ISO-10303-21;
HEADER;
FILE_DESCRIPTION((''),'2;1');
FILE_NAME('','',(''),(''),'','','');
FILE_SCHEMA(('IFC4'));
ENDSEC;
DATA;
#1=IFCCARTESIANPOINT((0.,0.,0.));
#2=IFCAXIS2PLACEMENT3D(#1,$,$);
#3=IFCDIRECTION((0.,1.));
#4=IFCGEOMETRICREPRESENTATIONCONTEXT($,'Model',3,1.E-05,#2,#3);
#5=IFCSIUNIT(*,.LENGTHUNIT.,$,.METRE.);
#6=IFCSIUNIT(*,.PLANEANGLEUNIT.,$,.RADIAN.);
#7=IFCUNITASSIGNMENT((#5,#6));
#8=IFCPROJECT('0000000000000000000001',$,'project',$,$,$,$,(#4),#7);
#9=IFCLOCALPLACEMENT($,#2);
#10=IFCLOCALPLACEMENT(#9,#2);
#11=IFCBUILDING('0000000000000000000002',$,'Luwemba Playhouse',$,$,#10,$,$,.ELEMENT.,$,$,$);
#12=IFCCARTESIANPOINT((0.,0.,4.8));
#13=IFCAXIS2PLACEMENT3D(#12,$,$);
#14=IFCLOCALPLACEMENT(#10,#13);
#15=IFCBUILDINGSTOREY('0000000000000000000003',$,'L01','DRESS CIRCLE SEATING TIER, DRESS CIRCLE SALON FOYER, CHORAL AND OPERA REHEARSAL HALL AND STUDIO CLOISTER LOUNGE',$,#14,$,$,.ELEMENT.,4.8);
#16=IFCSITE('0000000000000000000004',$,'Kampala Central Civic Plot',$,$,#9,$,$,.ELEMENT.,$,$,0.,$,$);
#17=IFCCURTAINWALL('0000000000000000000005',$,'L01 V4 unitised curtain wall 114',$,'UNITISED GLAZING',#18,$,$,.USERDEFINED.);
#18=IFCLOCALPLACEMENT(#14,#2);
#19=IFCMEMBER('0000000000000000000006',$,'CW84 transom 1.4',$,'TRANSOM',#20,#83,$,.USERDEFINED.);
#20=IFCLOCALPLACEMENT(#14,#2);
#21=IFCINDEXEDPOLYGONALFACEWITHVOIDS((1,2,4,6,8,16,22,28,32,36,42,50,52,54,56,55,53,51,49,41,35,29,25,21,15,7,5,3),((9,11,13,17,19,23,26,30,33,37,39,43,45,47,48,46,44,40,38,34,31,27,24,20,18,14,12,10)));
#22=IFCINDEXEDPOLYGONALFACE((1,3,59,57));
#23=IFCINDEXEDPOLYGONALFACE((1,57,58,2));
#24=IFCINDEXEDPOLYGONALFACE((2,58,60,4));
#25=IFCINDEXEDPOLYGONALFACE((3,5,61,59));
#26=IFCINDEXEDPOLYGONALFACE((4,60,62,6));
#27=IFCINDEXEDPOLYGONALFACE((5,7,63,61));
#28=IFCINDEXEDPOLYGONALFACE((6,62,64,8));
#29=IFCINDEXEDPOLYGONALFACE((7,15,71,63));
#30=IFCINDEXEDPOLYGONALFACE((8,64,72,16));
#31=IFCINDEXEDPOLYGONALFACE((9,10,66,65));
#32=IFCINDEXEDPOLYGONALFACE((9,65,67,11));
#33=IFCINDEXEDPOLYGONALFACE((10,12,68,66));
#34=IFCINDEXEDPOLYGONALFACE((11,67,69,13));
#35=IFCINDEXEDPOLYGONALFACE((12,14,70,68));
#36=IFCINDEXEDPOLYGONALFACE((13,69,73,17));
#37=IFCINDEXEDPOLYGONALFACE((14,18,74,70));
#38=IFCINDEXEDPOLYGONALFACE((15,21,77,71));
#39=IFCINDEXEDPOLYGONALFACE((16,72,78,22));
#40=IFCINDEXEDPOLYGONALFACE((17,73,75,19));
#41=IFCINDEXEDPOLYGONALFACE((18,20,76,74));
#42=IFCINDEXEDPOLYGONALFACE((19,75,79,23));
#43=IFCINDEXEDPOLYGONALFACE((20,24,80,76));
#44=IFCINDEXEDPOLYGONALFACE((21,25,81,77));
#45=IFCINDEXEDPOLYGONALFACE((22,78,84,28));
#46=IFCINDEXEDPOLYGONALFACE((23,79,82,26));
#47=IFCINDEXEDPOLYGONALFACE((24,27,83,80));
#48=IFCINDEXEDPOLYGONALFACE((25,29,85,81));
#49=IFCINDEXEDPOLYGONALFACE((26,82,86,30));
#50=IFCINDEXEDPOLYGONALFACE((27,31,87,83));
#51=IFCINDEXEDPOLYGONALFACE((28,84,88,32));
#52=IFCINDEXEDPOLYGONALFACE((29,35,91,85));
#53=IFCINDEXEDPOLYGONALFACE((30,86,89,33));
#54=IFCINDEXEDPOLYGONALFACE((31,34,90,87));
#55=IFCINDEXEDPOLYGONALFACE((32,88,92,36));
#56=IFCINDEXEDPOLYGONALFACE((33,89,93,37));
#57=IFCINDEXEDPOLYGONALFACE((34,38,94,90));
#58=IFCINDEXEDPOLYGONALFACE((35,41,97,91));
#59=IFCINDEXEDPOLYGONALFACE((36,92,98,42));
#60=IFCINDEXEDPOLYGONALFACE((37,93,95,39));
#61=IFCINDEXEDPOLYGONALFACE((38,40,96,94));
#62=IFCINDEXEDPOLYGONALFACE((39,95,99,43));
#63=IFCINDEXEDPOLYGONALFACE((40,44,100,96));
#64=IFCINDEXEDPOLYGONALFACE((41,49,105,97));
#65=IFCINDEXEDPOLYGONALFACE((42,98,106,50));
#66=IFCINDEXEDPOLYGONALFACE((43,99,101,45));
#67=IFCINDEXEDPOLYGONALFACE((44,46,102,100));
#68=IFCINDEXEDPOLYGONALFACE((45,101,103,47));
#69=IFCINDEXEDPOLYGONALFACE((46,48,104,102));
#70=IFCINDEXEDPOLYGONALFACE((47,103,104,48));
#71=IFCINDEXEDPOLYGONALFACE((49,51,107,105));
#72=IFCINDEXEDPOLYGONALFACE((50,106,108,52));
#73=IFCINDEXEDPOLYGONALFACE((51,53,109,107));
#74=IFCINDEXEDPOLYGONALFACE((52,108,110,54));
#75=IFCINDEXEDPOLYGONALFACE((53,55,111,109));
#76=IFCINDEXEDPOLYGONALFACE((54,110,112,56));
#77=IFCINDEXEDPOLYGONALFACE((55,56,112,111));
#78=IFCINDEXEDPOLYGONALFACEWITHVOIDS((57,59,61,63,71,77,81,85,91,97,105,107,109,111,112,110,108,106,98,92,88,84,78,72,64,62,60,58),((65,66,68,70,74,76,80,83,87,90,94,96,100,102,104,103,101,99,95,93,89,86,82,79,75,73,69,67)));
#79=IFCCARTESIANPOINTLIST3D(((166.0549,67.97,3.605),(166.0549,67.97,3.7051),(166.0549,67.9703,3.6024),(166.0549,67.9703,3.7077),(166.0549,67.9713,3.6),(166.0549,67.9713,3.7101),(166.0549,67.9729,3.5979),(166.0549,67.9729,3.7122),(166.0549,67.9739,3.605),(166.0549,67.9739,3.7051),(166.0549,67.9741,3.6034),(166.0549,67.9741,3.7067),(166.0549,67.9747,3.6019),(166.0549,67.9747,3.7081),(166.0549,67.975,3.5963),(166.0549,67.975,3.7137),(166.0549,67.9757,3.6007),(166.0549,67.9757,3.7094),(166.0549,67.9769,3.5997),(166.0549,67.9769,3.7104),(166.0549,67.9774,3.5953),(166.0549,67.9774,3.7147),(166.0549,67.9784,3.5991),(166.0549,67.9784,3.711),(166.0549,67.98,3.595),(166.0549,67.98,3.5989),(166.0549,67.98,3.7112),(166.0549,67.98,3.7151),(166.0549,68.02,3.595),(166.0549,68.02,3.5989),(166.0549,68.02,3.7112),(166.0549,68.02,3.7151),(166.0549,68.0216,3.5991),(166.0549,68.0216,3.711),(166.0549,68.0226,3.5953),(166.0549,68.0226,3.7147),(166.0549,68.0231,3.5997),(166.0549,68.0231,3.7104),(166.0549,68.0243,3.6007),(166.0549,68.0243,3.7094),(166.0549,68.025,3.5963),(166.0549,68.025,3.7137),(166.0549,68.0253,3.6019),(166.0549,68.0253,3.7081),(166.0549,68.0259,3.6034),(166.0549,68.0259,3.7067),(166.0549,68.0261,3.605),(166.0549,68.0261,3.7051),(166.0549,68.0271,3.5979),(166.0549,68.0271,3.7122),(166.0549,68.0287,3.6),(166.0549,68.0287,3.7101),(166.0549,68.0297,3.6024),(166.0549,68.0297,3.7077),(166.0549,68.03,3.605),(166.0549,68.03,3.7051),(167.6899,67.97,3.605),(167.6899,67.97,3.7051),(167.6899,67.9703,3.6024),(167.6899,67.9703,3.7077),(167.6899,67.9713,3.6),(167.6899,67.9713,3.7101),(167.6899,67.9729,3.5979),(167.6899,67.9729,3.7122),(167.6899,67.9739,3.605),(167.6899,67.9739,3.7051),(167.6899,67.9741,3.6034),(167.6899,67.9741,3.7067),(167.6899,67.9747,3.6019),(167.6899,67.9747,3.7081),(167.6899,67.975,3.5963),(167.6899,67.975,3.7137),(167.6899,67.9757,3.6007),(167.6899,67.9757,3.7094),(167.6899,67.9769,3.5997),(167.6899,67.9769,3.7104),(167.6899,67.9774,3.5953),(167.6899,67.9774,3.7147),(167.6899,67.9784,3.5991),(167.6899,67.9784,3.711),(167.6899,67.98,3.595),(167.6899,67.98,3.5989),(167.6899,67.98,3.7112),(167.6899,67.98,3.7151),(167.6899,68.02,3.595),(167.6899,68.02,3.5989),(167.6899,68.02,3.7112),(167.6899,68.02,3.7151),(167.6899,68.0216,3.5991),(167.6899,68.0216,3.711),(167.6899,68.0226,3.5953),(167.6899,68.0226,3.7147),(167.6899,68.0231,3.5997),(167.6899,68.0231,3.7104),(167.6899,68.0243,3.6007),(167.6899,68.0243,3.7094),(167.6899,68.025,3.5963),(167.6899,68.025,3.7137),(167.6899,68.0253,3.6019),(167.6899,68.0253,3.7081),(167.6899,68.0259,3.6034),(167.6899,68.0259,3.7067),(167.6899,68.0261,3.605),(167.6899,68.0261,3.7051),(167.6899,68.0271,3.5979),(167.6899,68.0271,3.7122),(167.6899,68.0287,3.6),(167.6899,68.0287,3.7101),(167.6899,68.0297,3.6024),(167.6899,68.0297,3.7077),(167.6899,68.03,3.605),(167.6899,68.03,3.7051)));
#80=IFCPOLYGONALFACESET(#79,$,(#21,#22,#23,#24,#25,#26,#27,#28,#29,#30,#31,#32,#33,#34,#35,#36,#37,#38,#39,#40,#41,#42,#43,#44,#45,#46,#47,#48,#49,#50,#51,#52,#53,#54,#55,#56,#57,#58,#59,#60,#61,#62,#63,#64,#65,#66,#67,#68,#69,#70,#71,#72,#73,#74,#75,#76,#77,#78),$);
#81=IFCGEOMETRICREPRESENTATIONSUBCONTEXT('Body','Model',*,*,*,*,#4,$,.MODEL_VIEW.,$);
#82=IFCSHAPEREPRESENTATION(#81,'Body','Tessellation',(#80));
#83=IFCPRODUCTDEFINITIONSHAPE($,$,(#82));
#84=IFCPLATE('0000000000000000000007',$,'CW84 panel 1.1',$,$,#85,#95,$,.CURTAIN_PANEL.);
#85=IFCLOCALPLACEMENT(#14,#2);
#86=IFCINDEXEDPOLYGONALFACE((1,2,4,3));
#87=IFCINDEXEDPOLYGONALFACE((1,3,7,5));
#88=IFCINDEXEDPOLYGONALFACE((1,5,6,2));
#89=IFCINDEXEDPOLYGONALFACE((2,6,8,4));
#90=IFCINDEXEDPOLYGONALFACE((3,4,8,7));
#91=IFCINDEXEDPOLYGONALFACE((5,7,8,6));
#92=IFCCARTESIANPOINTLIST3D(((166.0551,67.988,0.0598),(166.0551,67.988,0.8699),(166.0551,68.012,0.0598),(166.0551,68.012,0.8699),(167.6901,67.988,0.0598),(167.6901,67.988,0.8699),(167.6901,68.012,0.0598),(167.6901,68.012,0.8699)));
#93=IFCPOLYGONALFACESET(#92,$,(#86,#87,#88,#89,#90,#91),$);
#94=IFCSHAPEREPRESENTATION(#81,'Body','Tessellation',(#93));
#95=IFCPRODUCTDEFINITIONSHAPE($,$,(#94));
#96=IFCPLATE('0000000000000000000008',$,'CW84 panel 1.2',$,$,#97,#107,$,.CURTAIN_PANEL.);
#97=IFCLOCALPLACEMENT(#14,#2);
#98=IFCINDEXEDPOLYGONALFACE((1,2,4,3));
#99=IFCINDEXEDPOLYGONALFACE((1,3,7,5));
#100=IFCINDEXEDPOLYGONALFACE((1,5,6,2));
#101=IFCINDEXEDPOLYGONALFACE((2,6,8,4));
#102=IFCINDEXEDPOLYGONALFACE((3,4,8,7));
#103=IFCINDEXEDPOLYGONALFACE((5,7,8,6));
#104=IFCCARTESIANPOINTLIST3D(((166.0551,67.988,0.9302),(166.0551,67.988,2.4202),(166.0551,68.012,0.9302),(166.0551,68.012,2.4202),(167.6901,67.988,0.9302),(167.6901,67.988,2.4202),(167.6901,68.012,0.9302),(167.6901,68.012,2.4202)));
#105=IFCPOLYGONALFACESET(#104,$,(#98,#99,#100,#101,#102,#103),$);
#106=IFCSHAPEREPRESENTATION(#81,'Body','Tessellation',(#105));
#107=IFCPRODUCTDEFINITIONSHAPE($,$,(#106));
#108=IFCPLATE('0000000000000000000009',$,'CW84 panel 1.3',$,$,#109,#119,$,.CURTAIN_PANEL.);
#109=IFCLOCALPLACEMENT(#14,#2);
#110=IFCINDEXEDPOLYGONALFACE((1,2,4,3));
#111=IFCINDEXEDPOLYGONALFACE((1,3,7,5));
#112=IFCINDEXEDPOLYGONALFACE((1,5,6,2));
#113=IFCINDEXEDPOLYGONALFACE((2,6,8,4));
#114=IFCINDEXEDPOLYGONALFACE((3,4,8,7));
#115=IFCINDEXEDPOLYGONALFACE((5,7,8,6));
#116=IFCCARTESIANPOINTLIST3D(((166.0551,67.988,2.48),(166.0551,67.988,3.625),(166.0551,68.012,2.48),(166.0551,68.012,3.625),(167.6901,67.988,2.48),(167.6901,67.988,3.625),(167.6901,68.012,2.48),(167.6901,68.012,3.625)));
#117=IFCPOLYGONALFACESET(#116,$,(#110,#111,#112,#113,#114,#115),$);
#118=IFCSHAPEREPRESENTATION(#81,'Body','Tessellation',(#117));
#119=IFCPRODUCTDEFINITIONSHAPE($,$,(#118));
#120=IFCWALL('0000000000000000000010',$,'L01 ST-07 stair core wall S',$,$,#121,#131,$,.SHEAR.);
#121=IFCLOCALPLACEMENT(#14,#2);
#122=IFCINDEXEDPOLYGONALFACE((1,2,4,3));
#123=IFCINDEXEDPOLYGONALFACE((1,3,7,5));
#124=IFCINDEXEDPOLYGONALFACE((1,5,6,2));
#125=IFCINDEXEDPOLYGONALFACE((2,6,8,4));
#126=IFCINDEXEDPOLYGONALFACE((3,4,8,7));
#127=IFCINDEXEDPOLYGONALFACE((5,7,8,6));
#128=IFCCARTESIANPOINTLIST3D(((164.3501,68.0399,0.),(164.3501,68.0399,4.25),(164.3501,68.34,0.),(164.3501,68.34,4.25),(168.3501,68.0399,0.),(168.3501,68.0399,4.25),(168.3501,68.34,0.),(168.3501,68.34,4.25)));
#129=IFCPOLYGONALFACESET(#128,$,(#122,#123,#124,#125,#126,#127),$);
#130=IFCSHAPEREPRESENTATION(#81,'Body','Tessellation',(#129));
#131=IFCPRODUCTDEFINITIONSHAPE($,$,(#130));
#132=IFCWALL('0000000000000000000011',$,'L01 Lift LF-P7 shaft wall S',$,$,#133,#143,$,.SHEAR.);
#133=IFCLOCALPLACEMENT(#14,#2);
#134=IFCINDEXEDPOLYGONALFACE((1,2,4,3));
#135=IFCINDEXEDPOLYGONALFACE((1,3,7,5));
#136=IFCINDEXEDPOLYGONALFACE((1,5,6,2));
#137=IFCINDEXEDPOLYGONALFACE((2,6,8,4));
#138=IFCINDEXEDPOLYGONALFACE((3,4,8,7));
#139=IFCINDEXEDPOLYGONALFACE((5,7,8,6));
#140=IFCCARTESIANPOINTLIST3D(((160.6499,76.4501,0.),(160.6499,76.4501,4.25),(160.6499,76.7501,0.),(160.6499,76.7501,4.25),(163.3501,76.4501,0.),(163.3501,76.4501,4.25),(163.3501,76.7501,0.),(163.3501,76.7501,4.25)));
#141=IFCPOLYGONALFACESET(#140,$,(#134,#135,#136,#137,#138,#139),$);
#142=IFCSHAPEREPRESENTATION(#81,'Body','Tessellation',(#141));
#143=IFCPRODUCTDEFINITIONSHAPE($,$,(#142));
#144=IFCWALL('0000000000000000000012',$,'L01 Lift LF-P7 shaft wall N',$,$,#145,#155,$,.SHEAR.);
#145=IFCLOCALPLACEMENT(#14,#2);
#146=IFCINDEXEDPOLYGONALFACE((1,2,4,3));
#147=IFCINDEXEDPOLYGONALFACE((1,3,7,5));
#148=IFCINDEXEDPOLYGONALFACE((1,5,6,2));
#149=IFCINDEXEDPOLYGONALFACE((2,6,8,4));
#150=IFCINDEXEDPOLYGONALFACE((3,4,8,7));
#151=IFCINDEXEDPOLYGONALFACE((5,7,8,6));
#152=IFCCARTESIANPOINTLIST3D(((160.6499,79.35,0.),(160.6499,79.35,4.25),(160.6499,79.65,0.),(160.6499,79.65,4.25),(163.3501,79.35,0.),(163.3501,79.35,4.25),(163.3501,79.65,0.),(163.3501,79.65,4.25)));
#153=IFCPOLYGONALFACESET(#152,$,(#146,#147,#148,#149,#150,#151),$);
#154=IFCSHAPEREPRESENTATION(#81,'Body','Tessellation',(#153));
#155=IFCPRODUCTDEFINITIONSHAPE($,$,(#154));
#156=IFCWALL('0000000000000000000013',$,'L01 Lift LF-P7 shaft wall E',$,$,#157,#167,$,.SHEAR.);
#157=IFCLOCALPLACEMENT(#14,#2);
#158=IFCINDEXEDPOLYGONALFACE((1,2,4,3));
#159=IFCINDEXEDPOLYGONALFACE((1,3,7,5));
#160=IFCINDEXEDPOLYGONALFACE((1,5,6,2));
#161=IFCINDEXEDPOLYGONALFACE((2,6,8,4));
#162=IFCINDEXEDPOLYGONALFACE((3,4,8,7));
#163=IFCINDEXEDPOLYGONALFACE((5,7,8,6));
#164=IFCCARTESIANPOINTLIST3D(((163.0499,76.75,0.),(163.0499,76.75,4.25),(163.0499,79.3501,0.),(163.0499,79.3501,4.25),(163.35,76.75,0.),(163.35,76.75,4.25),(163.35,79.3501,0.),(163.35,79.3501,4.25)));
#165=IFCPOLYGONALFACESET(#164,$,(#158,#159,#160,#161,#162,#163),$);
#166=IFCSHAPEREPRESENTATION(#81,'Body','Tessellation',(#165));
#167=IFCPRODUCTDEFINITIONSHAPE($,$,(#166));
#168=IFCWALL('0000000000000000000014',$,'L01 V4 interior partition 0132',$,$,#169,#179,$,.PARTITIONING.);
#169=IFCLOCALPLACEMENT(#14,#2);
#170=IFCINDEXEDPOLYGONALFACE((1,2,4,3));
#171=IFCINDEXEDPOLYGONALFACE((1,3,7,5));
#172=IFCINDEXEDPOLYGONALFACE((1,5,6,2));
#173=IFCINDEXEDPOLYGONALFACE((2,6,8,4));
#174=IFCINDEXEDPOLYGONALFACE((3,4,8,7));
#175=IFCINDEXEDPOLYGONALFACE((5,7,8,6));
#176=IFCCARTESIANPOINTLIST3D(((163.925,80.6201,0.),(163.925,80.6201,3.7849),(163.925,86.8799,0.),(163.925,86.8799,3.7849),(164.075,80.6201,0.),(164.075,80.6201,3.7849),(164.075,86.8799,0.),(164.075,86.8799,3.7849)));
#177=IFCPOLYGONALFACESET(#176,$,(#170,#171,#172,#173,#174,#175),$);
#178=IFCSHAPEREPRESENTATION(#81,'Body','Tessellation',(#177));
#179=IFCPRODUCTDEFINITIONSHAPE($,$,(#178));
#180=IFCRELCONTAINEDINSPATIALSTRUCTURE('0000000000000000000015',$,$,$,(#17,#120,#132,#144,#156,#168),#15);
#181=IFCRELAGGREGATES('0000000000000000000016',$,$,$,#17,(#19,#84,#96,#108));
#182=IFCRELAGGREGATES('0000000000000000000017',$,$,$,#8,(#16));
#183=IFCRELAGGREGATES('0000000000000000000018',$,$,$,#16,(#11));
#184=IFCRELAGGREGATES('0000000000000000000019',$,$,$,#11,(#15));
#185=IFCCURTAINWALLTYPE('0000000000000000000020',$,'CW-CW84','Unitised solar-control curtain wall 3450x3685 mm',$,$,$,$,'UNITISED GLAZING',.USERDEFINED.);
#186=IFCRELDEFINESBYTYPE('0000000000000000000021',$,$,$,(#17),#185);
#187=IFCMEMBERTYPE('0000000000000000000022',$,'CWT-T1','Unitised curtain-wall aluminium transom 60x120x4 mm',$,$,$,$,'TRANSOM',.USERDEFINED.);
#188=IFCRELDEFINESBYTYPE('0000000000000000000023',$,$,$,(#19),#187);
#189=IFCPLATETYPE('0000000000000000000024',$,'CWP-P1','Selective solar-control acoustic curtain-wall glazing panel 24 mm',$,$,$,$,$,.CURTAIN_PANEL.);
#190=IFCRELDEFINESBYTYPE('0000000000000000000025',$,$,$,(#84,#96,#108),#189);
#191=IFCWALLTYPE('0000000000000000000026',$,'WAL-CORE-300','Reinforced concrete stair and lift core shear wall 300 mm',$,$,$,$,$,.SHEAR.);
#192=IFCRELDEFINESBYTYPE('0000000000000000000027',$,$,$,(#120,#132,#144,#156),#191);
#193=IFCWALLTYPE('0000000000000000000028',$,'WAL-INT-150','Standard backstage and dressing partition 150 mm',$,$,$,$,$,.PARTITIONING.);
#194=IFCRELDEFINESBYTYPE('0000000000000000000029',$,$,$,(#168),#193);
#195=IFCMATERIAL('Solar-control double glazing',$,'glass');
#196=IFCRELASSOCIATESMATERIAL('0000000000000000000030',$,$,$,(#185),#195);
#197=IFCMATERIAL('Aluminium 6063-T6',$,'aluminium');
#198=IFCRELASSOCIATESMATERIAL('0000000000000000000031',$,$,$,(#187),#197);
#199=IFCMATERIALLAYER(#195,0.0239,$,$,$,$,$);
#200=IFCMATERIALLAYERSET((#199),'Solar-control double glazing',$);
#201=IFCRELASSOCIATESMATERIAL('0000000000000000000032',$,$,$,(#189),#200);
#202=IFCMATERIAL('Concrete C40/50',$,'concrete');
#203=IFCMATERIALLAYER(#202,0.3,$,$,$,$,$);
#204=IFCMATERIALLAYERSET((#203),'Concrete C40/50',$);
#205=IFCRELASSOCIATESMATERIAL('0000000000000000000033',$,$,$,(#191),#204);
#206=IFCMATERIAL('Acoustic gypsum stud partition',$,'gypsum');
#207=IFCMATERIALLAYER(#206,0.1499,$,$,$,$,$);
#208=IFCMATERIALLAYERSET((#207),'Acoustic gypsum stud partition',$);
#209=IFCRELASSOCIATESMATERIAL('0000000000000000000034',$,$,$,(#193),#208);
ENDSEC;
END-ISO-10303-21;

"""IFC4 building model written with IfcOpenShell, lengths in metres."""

from ifc_helpers import new_model, si_unit, direction, frame, frame_2d, origin, origin_2d, place, context, subcontext, project, spatial, rectangle, hollow_rectangle, extrude, material, layer, layer_set, material_profile, profile_set, type_object, element, aggregate, save


model = new_model("IFC4")

# Units and contexts
model_context = context("Model", 3, precision=1e-05, world=origin(), true_north=direction((0.0, 1.0)))
body_context = subcontext(model_context, "Body", "Model", "MODEL_VIEW")
ifc_project = project(units=[si_unit("LENGTHUNIT", "METRE"), si_unit("PLANEANGLEUNIT", "RADIAN")], contexts=[model_context])

# Site, building, storey
site_placement = place(None, origin())
site = spatial("IfcSite", under=ifc_project, at=site_placement, Name="Kampala Central Civic Plot", CompositionType="ELEMENT", RefElevation=0.0)
building_placement = place(site_placement, origin())
building = spatial("IfcBuilding", under=site, at=building_placement, Name="Luwemba Playhouse", CompositionType="ELEMENT")
storey_placement = place(building_placement, frame((0.0, 0.0, 4.8)))
storey = spatial("IfcBuildingStorey", under=building, at=storey_placement, Name="L01", Description="DRESS CIRCLE SEATING TIER, DRESS CIRCLE SALON FOYER, CHORAL AND OPERA REHEARSAL HALL AND STUDIO CLOISTER LOUNGE", CompositionType="ELEMENT", Elevation=4.8)

# Shared definitions
ifc_material_1 = material(Name="Concrete C40/50", Category="concrete")

# Curtain wall, member, plates
ifc_material_2 = material(Name="Solar-control double glazing", Category="glass")
curtain_wall_type = type_object("IfcCurtainWallType", Name="CW-CW84", Description="Unitised solar-control curtain wall 3450x3685 mm", ElementType="UNITISED GLAZING", PredefinedType="USERDEFINED", material=ifc_material_2)
curtain_wall_placement = place(storey_placement, origin())
curtain_wall = element("IfcCurtainWall", 1, at=curtain_wall_placement, inside=storey, type_object=curtain_wall_type, Name="L01 V4 unitised curtain wall 114", ObjectType="UNITISED GLAZING", PredefinedType="USERDEFINED")
ifc_material_3 = material(Name="Aluminium 6063-T6", Category="aluminium")
ifc_material_profile_1 = material_profile(ifc_material_3, hollow_rectangle(XDim=0.0601, YDim=0.1201, WallThickness=0.0039, InnerFilletRadius=0.0061, OuterFilletRadius=0.01, at=origin_2d()))
ifc_profile_set_1 = profile_set([ifc_material_profile_1], Name="Aluminium 6063-T6")
member_type_1 = type_object("IfcMemberType", Name="CWT-T1", Description="Unitised curtain-wall aluminium transom 60x120x4 mm", ElementType="TRANSOM", PredefinedType="USERDEFINED", material=ifc_profile_set_1)
member_1_placement = place(storey_placement, frame((167.6899, 68.0, 3.655), z_axis=(-1.0, 0.0, 0.0), x_axis=(0.0, -1.0, 0.0)))
member_1 = element("IfcMember", 2, at=member_1_placement, type_object=member_type_1, Name="CW84 transom 1.4", ObjectType="TRANSOM", PredefinedType="USERDEFINED", context=body_context, shape_type="SweptSolid", body=[
    extrude(hollow_rectangle(XDim=0.0601, YDim=0.1201, WallThickness=0.0039, InnerFilletRadius=0.0061, OuterFilletRadius=0.01, at=origin_2d()), origin(), (0.0, 0.0, 1.0), 1.635),
])
ifc_layer_1 = layer(ifc_material_2, 0.0239)
ifc_layer_set_1 = layer_set([ifc_layer_1], Name="Solar-control double glazing")
plate_type = type_object("IfcPlateType", Name="CWP-P1", Description="Selective solar-control acoustic curtain-wall glazing panel 24 mm", PredefinedType="CURTAIN_PANEL", material=ifc_layer_set_1)
plate_1_placement = place(storey_placement, frame((166.8726, 68.0, 0.0598), z_axis=(0.0, 0.0, 1.0), x_axis=(-1.0, 0.0, 0.0)))
plate_1 = element("IfcPlate", 3, at=plate_1_placement, type_object=plate_type, Name="CW84 panel 1.1", PredefinedType="CURTAIN_PANEL", context=body_context, shape_type="SweptSolid", body=[
    extrude(rectangle(XDim=1.635, YDim=0.0239, at=origin_2d()), origin(), (0.0, 0.0, 1.0), 0.8101),
])
plate_2_placement = place(storey_placement, frame((166.8726, 68.0, 0.9302), z_axis=(0.0, 0.0, 1.0), x_axis=(-1.0, 0.0, 0.0)))
plate_2 = element("IfcPlate", 4, at=plate_2_placement, type_object=plate_type, Name="CW84 panel 1.2", PredefinedType="CURTAIN_PANEL", context=body_context, shape_type="SweptSolid", body=[
    extrude(rectangle(XDim=1.635, YDim=0.0239, at=origin_2d()), origin(), (0.0, 0.0, 1.0), 1.49),
])
plate_3_placement = place(storey_placement, frame((166.8726, 68.0, 2.48), z_axis=(0.0, 0.0, 1.0), x_axis=(-1.0, 0.0, 0.0)))
plate_3 = element("IfcPlate", 5, at=plate_3_placement, type_object=plate_type, Name="CW84 panel 1.3", PredefinedType="CURTAIN_PANEL", context=body_context, shape_type="SweptSolid", body=[
    extrude(rectangle(XDim=1.635, YDim=0.0239, at=origin_2d()), origin(), (0.0, 0.0, 1.0), 1.145),
])
aggregate(curtain_wall, [member_1, plate_1, plate_2, plate_3])

# Wall
ifc_layer_2 = layer(ifc_material_1, 0.3)
ifc_layer_set_2 = layer_set([ifc_layer_2], Name="Concrete C40/50")
wall_type_1 = type_object("IfcWallType", Name="WAL-CORE-300", Description="Reinforced concrete stair and lift core shear wall 300 mm", PredefinedType="SHEAR", material=ifc_layer_set_2)
wall_1_placement = place(storey_placement, frame((164.3501, 68.1899, 0.0), z_axis=(0.0, 0.0, 1.0), x_axis=(1.0, 0.0, 0.0)))
element("IfcWall", 6, at=wall_1_placement, inside=storey, type_object=wall_type_1, Name="L01 ST-07 stair core wall S", PredefinedType="SHEAR", context=body_context, shape_type="SweptSolid", body=[
    extrude(rectangle(XDim=4.0, YDim=0.3, at=frame_2d((2.0, 0.0))), origin(), (0.0, 0.0, 1.0), 4.25),
])

# Walls
for number, where, z_axis, x_axis, name in (
    (7, (160.6499, 76.6001, 0.0), (0.0, 0.0, 1.0), (1.0, 0.0, 0.0), "L01 Lift LF-P7 shaft wall S"),
    (8, (163.3501, 79.5, 0.0), (0.0, 0.0, 1.0), (-1.0, 0.0, 0.0), "L01 Lift LF-P7 shaft wall N"),
):
    element("IfcWall", number, at=place(storey_placement, frame(where, z_axis=z_axis, x_axis=x_axis)), inside=storey, type_object=wall_type_1, Name=name, PredefinedType="SHEAR", context=body_context, shape_type="SweptSolid", body=[
        extrude(rectangle(XDim=2.7002, YDim=0.3, at=frame_2d((1.3501, 0.0))), origin(), (0.0, 0.0, 1.0), 4.25),
    ])

# Walls
wall_2_placement = place(storey_placement, frame((163.2, 79.3501, 0.0), z_axis=(0.0, 0.0, 1.0), x_axis=(0.0, -1.0, 0.0)))
element("IfcWall", 9, at=wall_2_placement, inside=storey, type_object=wall_type_1, Name="L01 Lift LF-P7 shaft wall E", PredefinedType="SHEAR", context=body_context, shape_type="SweptSolid", body=[
    extrude(rectangle(XDim=2.6001, YDim=0.3, at=frame_2d((1.3, 0.0))), origin(), (0.0, 0.0, 1.0), 4.25),
])
ifc_material_4 = material(Name="Acoustic gypsum stud partition", Category="gypsum")
ifc_layer_3 = layer(ifc_material_4, 0.1499)
ifc_layer_set_3 = layer_set([ifc_layer_3], Name="Acoustic gypsum stud partition")
wall_type_2 = type_object("IfcWallType", Name="WAL-INT-150", Description="Standard backstage and dressing partition 150 mm", PredefinedType="PARTITIONING", material=ifc_layer_set_3)
wall_3_placement = place(storey_placement, frame((164.0, 80.6201, 0.0), z_axis=(0.0, 0.0, 1.0), x_axis=(0.0, 1.0, 0.0)))
element("IfcWall", 10, at=wall_3_placement, inside=storey, type_object=wall_type_2, Name="L01 V4 interior partition 0132", PredefinedType="PARTITIONING", context=body_context, shape_type="SweptSolid", body=[
    extrude(rectangle(XDim=6.2598, YDim=0.1499, at=frame_2d((3.1299, 0.0))), origin(), (0.0, 0.0, 1.0), 3.7849),
])

save(model, "model.ifc")
